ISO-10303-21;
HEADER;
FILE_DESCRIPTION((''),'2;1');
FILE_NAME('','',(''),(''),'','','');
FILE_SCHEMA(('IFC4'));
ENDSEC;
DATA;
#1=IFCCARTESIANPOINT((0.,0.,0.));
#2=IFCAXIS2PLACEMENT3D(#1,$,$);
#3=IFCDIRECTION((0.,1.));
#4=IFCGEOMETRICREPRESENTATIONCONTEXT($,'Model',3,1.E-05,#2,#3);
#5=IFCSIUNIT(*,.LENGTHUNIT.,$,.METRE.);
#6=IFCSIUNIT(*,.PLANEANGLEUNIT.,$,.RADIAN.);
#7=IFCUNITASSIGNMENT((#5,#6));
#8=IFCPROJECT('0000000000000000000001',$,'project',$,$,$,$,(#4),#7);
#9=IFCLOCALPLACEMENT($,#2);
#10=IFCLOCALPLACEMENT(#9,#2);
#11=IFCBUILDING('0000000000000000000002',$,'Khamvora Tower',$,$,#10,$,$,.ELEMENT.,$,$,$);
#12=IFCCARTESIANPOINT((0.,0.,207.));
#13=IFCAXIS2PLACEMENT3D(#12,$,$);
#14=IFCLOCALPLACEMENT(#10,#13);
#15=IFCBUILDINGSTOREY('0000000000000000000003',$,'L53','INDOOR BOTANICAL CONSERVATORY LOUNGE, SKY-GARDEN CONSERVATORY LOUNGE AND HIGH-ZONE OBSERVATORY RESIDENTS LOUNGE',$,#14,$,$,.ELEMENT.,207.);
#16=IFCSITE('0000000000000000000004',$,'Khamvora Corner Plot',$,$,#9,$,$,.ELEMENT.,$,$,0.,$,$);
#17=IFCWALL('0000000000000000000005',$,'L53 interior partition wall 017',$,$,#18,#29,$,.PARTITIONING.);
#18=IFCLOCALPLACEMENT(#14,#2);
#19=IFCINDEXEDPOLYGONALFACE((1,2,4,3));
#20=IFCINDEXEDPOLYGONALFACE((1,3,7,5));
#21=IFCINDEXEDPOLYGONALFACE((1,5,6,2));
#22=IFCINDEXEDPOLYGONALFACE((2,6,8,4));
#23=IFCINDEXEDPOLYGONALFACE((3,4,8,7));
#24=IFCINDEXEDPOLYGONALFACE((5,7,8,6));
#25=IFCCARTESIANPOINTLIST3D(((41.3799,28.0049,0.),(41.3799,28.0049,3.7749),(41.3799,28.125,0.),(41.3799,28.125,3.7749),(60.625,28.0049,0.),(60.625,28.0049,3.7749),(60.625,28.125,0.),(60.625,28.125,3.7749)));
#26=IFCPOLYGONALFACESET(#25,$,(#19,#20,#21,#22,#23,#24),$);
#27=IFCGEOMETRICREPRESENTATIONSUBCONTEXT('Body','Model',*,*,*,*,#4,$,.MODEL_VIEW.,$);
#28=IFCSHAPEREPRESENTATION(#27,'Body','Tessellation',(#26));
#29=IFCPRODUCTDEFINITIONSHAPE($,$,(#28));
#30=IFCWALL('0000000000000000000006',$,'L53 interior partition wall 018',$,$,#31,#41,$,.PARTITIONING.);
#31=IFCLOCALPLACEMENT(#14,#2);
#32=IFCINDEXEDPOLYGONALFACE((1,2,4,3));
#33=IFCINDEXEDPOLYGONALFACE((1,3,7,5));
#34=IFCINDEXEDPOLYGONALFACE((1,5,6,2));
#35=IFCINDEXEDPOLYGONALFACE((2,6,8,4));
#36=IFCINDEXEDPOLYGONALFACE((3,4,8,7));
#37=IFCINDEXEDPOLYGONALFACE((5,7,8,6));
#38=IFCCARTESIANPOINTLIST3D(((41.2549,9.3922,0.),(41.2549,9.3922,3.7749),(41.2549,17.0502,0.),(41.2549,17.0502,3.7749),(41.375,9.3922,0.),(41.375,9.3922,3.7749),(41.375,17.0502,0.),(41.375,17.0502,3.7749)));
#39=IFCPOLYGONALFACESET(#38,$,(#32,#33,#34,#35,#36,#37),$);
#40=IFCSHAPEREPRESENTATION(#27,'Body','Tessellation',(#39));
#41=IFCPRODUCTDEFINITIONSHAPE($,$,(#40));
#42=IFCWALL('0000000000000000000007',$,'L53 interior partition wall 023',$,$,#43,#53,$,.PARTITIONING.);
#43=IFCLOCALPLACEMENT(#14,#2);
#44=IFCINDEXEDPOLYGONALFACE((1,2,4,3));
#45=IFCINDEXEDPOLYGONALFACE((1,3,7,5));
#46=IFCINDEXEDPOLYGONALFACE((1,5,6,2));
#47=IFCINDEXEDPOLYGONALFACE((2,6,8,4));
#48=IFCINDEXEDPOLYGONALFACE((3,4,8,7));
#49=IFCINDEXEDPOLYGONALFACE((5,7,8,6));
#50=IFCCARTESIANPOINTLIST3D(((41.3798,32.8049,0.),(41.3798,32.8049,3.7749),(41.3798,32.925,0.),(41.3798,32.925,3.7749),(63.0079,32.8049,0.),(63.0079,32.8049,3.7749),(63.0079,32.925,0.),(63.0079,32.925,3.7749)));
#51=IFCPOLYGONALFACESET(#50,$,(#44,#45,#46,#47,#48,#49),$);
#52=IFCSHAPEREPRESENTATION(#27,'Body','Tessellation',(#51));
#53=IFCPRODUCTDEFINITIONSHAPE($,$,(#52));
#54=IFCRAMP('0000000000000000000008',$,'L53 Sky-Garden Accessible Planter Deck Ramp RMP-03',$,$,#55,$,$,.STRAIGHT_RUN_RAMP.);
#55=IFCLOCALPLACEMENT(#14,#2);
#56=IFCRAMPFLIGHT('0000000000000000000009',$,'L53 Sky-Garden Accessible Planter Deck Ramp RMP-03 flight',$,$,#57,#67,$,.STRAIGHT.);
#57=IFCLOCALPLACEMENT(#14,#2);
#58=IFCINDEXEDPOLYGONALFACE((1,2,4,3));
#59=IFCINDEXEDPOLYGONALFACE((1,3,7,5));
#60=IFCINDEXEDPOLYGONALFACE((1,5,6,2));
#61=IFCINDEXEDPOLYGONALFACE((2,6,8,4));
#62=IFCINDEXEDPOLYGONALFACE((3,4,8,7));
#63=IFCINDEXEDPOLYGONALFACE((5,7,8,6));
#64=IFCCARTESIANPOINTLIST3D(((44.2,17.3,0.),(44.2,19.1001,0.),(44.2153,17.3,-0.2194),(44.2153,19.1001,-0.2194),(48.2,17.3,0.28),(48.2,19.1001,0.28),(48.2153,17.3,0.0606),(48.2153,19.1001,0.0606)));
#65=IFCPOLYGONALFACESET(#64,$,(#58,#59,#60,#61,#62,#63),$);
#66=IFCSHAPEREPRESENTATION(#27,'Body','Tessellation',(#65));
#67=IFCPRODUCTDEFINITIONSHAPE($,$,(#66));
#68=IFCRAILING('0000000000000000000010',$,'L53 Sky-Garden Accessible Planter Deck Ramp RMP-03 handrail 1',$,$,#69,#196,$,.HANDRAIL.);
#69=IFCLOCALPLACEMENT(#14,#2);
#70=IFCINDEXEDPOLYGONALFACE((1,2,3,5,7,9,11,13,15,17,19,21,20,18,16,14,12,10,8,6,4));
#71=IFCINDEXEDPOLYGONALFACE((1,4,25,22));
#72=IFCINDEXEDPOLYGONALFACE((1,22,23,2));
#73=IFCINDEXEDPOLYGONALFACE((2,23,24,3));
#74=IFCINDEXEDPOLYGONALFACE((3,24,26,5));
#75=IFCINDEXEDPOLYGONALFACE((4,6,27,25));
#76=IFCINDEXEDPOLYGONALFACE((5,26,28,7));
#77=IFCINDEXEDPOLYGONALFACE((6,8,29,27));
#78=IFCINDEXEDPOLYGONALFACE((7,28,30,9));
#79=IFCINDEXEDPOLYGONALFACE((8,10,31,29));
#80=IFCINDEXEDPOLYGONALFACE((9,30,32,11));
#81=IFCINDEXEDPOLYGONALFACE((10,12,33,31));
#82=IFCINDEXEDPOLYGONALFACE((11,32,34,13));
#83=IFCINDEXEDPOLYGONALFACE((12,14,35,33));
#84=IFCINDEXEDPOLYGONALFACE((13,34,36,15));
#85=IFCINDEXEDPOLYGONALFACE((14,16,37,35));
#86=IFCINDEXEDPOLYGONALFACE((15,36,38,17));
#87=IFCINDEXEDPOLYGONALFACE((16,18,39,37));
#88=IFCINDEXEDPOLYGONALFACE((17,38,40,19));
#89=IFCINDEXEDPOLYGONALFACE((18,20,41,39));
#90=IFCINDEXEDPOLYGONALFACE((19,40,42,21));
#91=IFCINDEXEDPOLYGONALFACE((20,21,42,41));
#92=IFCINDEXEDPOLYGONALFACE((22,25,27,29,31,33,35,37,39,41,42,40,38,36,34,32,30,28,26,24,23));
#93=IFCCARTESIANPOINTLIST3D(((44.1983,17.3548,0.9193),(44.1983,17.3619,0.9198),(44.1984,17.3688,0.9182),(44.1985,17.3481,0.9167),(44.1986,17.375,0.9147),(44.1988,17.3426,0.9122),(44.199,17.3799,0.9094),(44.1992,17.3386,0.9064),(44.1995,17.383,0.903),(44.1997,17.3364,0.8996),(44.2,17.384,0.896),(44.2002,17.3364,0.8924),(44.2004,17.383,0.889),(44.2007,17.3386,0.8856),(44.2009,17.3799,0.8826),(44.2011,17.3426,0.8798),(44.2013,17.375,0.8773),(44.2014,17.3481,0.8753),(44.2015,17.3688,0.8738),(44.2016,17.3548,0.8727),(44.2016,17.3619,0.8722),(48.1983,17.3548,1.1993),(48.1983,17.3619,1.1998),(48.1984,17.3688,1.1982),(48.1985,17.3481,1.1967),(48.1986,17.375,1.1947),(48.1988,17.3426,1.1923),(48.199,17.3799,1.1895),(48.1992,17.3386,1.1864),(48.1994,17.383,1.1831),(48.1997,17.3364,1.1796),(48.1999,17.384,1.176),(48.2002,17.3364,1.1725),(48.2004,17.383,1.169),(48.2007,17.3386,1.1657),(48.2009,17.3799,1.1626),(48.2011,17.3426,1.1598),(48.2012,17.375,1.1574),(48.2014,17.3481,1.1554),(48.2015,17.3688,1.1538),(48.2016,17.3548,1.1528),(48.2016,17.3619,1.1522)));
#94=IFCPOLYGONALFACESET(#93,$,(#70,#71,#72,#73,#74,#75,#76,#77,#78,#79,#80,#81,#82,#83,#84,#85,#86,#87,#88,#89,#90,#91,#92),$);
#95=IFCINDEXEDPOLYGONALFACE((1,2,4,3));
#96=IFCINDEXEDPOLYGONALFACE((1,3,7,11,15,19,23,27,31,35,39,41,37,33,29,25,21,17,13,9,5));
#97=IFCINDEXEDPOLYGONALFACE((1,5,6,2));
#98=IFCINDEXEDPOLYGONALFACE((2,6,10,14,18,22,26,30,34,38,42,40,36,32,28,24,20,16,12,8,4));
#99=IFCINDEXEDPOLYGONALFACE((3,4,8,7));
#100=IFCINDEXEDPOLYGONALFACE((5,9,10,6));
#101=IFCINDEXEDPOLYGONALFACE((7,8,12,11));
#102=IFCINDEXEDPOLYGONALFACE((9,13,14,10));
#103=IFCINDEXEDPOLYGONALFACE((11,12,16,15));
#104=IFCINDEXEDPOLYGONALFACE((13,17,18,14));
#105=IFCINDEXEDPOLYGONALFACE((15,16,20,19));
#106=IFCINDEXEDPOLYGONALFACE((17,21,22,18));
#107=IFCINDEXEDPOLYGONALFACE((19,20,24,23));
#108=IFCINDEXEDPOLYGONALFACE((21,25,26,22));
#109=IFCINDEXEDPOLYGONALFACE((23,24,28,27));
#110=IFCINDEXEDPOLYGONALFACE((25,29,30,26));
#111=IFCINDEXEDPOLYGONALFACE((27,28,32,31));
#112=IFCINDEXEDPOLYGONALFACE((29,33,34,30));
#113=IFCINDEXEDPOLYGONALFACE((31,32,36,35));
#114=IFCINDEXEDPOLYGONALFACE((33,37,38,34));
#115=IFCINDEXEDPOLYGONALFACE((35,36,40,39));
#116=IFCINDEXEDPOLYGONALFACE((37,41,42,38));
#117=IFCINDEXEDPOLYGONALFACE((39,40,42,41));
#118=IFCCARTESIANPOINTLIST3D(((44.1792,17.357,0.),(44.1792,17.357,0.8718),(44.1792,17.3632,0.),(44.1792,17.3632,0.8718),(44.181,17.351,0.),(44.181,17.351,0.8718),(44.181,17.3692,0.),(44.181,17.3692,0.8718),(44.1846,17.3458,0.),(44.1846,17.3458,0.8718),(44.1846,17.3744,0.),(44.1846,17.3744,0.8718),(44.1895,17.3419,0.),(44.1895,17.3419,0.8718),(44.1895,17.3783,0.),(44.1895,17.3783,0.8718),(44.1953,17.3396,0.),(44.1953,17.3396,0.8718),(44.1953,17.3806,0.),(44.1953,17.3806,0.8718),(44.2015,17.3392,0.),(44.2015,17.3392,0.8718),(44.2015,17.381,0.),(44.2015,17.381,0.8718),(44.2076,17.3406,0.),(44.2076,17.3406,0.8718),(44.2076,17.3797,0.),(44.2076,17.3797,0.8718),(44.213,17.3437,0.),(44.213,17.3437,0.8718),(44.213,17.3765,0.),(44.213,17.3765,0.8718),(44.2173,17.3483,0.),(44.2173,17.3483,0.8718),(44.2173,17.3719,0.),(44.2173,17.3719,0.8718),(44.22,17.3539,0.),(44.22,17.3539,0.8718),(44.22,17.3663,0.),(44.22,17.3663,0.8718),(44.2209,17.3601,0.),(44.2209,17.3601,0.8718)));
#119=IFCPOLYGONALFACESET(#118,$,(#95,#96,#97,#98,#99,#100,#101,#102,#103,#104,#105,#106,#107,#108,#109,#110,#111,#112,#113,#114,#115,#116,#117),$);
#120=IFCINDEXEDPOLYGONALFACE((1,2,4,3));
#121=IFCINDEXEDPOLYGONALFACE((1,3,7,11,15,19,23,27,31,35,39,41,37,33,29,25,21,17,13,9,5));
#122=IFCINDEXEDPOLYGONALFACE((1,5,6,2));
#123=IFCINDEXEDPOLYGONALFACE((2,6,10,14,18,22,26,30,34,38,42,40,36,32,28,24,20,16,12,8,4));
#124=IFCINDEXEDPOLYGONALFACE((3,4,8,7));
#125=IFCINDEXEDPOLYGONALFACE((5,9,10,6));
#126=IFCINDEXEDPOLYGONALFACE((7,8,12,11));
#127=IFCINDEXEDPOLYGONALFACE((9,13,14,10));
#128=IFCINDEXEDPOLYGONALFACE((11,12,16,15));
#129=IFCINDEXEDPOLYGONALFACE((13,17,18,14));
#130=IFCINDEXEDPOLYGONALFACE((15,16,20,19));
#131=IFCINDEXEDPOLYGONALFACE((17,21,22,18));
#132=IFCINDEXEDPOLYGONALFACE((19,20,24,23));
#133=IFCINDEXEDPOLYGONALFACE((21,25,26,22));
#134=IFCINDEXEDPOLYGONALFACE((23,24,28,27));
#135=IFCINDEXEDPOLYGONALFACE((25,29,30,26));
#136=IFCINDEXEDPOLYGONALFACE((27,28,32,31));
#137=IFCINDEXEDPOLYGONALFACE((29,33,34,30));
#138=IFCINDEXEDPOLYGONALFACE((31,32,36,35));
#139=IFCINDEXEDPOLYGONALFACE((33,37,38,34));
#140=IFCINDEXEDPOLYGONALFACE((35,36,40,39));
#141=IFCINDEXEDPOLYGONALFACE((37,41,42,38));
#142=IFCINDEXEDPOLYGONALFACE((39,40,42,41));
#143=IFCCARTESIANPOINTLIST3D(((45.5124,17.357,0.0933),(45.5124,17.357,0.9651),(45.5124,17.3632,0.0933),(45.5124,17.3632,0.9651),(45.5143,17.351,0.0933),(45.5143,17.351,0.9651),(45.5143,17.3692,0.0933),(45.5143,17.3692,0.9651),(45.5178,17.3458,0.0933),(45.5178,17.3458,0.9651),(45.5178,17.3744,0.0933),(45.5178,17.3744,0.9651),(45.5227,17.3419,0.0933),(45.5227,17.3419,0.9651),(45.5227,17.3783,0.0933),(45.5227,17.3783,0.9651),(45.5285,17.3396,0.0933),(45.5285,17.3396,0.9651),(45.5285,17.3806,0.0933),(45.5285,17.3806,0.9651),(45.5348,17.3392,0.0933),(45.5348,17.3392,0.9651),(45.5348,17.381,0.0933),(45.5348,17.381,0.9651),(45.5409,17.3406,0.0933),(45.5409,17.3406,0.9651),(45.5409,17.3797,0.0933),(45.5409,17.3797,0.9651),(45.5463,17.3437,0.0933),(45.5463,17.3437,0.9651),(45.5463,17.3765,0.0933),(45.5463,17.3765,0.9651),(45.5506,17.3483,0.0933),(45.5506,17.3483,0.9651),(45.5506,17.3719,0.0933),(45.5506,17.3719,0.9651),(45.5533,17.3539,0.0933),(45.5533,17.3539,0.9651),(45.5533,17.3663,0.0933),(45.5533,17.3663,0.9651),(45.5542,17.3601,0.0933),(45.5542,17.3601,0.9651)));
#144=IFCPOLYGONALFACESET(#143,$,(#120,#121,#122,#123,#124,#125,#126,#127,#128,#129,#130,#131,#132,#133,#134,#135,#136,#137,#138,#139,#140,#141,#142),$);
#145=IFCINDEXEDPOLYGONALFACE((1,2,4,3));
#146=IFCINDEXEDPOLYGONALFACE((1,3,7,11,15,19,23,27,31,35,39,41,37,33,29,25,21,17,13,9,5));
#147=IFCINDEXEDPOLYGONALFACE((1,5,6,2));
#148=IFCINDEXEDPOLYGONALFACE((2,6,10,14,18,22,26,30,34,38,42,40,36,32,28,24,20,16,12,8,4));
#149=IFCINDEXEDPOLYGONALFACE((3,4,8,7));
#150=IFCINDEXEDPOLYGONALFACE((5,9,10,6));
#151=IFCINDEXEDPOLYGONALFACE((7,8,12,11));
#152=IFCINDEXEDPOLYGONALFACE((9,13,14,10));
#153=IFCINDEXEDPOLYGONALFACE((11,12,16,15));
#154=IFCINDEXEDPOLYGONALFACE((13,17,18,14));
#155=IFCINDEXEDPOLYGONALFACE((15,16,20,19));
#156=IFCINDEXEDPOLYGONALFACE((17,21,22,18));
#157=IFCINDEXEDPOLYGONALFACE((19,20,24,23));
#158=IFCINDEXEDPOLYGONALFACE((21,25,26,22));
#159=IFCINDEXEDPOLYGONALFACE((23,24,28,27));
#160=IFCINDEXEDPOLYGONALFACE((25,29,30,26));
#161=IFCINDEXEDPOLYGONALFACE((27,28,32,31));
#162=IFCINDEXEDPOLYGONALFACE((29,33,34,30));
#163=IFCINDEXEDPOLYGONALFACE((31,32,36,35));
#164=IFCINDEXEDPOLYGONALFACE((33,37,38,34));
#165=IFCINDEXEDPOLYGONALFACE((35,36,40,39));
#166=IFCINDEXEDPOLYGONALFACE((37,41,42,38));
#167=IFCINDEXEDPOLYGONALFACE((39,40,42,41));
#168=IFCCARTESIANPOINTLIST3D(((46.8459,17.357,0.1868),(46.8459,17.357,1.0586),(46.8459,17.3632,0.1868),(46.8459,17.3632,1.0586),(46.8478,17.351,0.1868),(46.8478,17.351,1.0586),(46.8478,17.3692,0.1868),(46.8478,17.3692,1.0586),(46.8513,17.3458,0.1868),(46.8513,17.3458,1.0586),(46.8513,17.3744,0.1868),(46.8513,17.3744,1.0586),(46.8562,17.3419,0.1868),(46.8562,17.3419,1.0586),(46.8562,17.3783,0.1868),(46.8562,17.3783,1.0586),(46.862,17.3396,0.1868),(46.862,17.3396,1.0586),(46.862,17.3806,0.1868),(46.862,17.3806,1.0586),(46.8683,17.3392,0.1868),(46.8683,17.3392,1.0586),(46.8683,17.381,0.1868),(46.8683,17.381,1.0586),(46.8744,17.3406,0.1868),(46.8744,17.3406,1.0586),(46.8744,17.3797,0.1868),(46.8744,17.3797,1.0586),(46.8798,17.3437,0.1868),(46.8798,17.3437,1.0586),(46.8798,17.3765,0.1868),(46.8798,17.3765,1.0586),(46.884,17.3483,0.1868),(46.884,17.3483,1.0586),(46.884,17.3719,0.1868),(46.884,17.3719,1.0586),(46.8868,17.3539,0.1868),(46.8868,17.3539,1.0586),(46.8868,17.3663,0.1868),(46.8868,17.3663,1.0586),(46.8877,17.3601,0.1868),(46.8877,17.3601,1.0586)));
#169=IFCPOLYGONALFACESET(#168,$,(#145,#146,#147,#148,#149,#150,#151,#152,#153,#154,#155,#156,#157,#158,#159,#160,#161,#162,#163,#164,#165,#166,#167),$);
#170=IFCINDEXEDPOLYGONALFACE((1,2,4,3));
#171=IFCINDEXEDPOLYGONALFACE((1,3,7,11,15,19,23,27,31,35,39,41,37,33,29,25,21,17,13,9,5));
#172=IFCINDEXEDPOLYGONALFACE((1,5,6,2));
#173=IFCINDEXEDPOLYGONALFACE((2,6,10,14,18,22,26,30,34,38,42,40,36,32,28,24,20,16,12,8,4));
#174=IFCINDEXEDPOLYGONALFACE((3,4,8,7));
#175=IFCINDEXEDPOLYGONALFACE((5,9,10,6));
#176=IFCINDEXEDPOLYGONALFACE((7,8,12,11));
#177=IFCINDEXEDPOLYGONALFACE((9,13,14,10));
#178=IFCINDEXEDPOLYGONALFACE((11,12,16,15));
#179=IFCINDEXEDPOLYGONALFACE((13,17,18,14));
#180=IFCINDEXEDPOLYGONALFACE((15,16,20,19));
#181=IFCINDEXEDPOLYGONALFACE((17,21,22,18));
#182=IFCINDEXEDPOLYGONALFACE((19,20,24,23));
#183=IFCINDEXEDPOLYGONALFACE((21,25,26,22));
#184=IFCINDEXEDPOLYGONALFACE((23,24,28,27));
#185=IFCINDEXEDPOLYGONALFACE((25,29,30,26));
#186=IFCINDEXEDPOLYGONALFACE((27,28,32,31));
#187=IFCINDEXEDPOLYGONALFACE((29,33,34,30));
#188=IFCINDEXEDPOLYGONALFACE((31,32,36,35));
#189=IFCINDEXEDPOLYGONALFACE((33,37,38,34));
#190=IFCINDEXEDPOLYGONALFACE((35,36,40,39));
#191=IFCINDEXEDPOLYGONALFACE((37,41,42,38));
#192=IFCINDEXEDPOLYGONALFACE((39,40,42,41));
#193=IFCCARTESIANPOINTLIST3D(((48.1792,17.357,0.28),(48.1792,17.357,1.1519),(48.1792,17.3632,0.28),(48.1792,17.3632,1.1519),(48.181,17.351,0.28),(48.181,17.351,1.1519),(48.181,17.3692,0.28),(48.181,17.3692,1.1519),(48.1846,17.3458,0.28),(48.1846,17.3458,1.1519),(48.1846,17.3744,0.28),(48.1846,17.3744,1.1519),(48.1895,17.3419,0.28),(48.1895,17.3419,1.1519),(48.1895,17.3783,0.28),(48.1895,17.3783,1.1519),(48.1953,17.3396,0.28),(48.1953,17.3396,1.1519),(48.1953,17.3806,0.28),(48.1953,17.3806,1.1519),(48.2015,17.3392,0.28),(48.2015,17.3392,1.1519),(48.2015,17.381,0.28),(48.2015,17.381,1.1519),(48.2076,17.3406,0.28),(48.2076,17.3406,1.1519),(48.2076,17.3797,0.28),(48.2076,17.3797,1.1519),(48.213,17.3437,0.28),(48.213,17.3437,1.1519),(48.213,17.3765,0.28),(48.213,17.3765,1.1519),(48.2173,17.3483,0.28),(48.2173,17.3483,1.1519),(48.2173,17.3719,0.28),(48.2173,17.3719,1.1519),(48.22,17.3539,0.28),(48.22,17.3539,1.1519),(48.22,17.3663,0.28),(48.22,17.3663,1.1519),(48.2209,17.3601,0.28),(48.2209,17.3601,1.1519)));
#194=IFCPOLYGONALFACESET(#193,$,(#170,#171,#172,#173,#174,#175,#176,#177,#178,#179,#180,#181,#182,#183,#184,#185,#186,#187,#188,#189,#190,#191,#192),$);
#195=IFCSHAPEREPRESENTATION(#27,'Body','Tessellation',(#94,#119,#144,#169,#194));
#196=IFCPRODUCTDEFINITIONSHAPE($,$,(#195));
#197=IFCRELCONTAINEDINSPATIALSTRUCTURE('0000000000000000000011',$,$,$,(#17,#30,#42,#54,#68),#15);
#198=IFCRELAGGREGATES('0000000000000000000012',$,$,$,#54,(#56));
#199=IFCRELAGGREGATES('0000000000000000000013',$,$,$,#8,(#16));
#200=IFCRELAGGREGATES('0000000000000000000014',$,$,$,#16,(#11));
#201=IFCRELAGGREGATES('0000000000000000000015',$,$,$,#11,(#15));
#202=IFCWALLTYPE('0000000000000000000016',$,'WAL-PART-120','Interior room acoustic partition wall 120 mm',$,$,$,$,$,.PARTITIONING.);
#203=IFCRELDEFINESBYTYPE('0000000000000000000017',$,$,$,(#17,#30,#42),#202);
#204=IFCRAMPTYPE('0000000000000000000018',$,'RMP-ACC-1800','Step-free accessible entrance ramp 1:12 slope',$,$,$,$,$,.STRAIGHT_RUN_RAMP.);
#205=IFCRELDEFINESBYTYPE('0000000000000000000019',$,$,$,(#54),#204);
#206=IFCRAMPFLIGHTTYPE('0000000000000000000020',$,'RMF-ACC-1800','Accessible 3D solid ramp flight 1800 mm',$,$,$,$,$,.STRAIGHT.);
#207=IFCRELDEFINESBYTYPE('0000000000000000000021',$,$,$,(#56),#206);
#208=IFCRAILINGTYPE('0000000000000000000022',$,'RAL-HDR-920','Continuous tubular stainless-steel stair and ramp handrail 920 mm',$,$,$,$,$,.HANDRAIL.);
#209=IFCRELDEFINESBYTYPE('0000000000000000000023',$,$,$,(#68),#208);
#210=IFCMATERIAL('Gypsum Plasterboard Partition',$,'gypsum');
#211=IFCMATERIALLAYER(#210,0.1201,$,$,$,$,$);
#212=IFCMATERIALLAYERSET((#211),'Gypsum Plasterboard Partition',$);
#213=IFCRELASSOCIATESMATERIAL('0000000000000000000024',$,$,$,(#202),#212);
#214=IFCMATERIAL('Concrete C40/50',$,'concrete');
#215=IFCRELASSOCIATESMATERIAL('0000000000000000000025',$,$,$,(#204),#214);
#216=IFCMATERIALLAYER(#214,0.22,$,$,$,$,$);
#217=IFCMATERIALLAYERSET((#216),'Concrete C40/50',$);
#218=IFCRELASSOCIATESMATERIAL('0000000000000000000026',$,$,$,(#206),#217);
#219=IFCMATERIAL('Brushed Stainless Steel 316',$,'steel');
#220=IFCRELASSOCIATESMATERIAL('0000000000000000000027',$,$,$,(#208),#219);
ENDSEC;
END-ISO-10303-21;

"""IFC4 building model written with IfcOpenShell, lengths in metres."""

from ifc_helpers import new_model, si_unit, direction, frame, frame_2d, origin, origin_2d, place, context, subcontext, project, spatial, polyline, rectangle, circle, outline, extrude, material, layer, layer_set, type_object, element, aggregate, save


model = new_model("IFC4")

# Units and contexts
model_context = context("Model", 3, precision=1e-05, world=origin(), true_north=direction((0.0, 1.0)))
body_context = subcontext(model_context, "Body", "Model", "MODEL_VIEW")
ifc_project = project(units=[si_unit("LENGTHUNIT", "METRE"), si_unit("PLANEANGLEUNIT", "RADIAN")], contexts=[model_context])

# Site, building, storey
site_placement = place(None, origin())
site = spatial("IfcSite", under=ifc_project, at=site_placement, Name="Khamvora Corner Plot", CompositionType="ELEMENT", RefElevation=0.0)
building_placement = place(site_placement, origin())
building = spatial("IfcBuilding", under=site, at=building_placement, Name="Khamvora Tower", CompositionType="ELEMENT")
storey_placement = place(building_placement, frame((0.0, 0.0, 207.0)))
storey = spatial("IfcBuildingStorey", under=building, at=storey_placement, Name="L53", Description="INDOOR BOTANICAL CONSERVATORY LOUNGE, SKY-GARDEN CONSERVATORY LOUNGE AND HIGH-ZONE OBSERVATORY RESIDENTS LOUNGE", CompositionType="ELEMENT", Elevation=207.0)

# Walls
ifc_material_1 = material(Name="Gypsum Plasterboard Partition", Category="gypsum")
ifc_layer_1 = layer(ifc_material_1, 0.1201)
ifc_layer_set_1 = layer_set([ifc_layer_1], Name="Gypsum Plasterboard Partition")
wall_type_1 = type_object("IfcWallType", Name="WAL-PART-120", Description="Interior room acoustic partition wall 120 mm", PredefinedType="PARTITIONING", material=ifc_layer_set_1)
wall_1_placement = place(storey_placement, frame((41.3799, 28.0649, 0.0), z_axis=(0.0, 0.0, 1.0), x_axis=(1.0, 0.0, 0.0)))
element("IfcWall", 1, at=wall_1_placement, inside=storey, type_object=wall_type_1, Name="L53 interior partition wall 017", PredefinedType="PARTITIONING", context=body_context, shape_type="SweptSolid", body=[
    extrude(rectangle(XDim=19.2451, YDim=0.1201, at=frame_2d((9.6226, 0.0))), origin(), (0.0, 0.0, 1.0), 3.7749),
])
wall_2_placement = place(storey_placement, frame((41.3149, 9.3921, 0.0), z_axis=(0.0, 0.0, 1.0), x_axis=(0.0, 1.0, 0.0)))
element("IfcWall", 2, at=wall_2_placement, inside=storey, type_object=wall_type_1, Name="L53 interior partition wall 018", PredefinedType="PARTITIONING", context=body_context, shape_type="SweptSolid", body=[
    extrude(rectangle(XDim=7.658, YDim=0.1201, at=frame_2d((3.8291, 0.0))), origin(), (0.0, 0.0, 1.0), 3.7749),
])
wall_3_placement = place(storey_placement, frame((41.3799, 32.865, 0.0), z_axis=(0.0, 0.0, 1.0), x_axis=(1.0, 0.0, 0.0)))
element("IfcWall", 3, at=wall_3_placement, inside=storey, type_object=wall_type_1, Name="L53 interior partition wall 023", PredefinedType="PARTITIONING", context=body_context, shape_type="SweptSolid", body=[
    extrude(rectangle(XDim=21.6282, YDim=0.1201, at=frame_2d((10.814, 0.0))), origin(), (0.0, 0.0, 1.0), 3.7749),
])

# Ramp, ramp flight
ifc_material_2 = material(Name="Concrete C40/50", Category="concrete")
ramp_type = type_object("IfcRampType", Name="RMP-ACC-1800", Description="Step-free accessible entrance ramp 1:12 slope", PredefinedType="STRAIGHT_RUN_RAMP", material=ifc_material_2)
ramp_placement = place(storey_placement, origin())
ramp = element("IfcRamp", 4, at=ramp_placement, inside=storey, type_object=ramp_type, Name="L53 Sky-Garden Accessible Planter Deck Ramp RMP-03", PredefinedType="STRAIGHT_RUN_RAMP")
ifc_layer_2 = layer(ifc_material_2, 0.22)
ifc_layer_set_2 = layer_set([ifc_layer_2], Name="Concrete C40/50")
ramp_flight_type = type_object("IfcRampFlightType", Name="RMF-ACC-1800", Description="Accessible 3D solid ramp flight 1800 mm", PredefinedType="STRAIGHT", material=ifc_layer_set_2)
ramp_flight_placement = place(storey_placement, frame((44.2, 17.3, 0.0), z_axis=(-0.069836, 0.0, 0.997558), x_axis=(0.997558, 0.0, 0.069836)))
ramp_flight = element("IfcRampFlight", 5, at=ramp_flight_placement, type_object=ramp_flight_type, Name="L53 Sky-Garden Accessible Planter Deck Ramp RMP-03 flight", PredefinedType="STRAIGHT", context=body_context, shape_type="SweptSolid", body=[
    extrude(outline(polyline([(0.0, 0.0), (4.0098, 0.0), (4.0098, 1.8), (0.0, 1.8), (0.0, 0.0)])), origin(), (0.0, 0.0, -1.0), 0.22),
])
aggregate(ramp, [ramp_flight])

# Railing
ifc_material_3 = material(Name="Brushed Stainless Steel 316", Category="steel")
railing_type = type_object("IfcRailingType", Name="RAL-HDR-920", Description="Continuous tubular stainless-steel stair and ramp handrail 920 mm", PredefinedType="HANDRAIL", material=ifc_material_3)
for number, where, name in (
    (6, (44.2, 17.3601, 0.0), "L53 Sky-Garden Accessible Planter Deck Ramp RMP-03 handrail 1"),
):
    element("IfcRailing", number, at=place(storey_placement, frame(where)), inside=storey, type_object=railing_type, Name=name, PredefinedType="HANDRAIL", context=body_context, shape_type="SweptSolid", body=[
        extrude(circle(Radius=0.0239, at=origin_2d()), frame((0.0, 0.0, 0.896), z_axis=(0.997558, 0.0, 0.069836), x_axis=(0.0, 1.0, 0.0)), (0.0, 0.0, 1.0), 4.0098),
        extrude(circle(Radius=0.021, at=origin_2d()), origin(), (0.0, 0.0, 1.0), 0.8718),
        extrude(circle(Radius=0.021, at=origin_2d()), frame((1.3333, 0.0, 0.0933)), (0.0, 0.0, 1.0), 0.8718),
        extrude(circle(Radius=0.021, at=origin_2d()), frame((2.6667, 0.0, 0.1868)), (0.0, 0.0, 1.0), 0.8718),
        extrude(circle(Radius=0.021, at=origin_2d()), frame((4.0, 0.0, 0.28)), (0.0, 0.0, 1.0), 0.8718),
    ])

save(model, "model.ifc")
